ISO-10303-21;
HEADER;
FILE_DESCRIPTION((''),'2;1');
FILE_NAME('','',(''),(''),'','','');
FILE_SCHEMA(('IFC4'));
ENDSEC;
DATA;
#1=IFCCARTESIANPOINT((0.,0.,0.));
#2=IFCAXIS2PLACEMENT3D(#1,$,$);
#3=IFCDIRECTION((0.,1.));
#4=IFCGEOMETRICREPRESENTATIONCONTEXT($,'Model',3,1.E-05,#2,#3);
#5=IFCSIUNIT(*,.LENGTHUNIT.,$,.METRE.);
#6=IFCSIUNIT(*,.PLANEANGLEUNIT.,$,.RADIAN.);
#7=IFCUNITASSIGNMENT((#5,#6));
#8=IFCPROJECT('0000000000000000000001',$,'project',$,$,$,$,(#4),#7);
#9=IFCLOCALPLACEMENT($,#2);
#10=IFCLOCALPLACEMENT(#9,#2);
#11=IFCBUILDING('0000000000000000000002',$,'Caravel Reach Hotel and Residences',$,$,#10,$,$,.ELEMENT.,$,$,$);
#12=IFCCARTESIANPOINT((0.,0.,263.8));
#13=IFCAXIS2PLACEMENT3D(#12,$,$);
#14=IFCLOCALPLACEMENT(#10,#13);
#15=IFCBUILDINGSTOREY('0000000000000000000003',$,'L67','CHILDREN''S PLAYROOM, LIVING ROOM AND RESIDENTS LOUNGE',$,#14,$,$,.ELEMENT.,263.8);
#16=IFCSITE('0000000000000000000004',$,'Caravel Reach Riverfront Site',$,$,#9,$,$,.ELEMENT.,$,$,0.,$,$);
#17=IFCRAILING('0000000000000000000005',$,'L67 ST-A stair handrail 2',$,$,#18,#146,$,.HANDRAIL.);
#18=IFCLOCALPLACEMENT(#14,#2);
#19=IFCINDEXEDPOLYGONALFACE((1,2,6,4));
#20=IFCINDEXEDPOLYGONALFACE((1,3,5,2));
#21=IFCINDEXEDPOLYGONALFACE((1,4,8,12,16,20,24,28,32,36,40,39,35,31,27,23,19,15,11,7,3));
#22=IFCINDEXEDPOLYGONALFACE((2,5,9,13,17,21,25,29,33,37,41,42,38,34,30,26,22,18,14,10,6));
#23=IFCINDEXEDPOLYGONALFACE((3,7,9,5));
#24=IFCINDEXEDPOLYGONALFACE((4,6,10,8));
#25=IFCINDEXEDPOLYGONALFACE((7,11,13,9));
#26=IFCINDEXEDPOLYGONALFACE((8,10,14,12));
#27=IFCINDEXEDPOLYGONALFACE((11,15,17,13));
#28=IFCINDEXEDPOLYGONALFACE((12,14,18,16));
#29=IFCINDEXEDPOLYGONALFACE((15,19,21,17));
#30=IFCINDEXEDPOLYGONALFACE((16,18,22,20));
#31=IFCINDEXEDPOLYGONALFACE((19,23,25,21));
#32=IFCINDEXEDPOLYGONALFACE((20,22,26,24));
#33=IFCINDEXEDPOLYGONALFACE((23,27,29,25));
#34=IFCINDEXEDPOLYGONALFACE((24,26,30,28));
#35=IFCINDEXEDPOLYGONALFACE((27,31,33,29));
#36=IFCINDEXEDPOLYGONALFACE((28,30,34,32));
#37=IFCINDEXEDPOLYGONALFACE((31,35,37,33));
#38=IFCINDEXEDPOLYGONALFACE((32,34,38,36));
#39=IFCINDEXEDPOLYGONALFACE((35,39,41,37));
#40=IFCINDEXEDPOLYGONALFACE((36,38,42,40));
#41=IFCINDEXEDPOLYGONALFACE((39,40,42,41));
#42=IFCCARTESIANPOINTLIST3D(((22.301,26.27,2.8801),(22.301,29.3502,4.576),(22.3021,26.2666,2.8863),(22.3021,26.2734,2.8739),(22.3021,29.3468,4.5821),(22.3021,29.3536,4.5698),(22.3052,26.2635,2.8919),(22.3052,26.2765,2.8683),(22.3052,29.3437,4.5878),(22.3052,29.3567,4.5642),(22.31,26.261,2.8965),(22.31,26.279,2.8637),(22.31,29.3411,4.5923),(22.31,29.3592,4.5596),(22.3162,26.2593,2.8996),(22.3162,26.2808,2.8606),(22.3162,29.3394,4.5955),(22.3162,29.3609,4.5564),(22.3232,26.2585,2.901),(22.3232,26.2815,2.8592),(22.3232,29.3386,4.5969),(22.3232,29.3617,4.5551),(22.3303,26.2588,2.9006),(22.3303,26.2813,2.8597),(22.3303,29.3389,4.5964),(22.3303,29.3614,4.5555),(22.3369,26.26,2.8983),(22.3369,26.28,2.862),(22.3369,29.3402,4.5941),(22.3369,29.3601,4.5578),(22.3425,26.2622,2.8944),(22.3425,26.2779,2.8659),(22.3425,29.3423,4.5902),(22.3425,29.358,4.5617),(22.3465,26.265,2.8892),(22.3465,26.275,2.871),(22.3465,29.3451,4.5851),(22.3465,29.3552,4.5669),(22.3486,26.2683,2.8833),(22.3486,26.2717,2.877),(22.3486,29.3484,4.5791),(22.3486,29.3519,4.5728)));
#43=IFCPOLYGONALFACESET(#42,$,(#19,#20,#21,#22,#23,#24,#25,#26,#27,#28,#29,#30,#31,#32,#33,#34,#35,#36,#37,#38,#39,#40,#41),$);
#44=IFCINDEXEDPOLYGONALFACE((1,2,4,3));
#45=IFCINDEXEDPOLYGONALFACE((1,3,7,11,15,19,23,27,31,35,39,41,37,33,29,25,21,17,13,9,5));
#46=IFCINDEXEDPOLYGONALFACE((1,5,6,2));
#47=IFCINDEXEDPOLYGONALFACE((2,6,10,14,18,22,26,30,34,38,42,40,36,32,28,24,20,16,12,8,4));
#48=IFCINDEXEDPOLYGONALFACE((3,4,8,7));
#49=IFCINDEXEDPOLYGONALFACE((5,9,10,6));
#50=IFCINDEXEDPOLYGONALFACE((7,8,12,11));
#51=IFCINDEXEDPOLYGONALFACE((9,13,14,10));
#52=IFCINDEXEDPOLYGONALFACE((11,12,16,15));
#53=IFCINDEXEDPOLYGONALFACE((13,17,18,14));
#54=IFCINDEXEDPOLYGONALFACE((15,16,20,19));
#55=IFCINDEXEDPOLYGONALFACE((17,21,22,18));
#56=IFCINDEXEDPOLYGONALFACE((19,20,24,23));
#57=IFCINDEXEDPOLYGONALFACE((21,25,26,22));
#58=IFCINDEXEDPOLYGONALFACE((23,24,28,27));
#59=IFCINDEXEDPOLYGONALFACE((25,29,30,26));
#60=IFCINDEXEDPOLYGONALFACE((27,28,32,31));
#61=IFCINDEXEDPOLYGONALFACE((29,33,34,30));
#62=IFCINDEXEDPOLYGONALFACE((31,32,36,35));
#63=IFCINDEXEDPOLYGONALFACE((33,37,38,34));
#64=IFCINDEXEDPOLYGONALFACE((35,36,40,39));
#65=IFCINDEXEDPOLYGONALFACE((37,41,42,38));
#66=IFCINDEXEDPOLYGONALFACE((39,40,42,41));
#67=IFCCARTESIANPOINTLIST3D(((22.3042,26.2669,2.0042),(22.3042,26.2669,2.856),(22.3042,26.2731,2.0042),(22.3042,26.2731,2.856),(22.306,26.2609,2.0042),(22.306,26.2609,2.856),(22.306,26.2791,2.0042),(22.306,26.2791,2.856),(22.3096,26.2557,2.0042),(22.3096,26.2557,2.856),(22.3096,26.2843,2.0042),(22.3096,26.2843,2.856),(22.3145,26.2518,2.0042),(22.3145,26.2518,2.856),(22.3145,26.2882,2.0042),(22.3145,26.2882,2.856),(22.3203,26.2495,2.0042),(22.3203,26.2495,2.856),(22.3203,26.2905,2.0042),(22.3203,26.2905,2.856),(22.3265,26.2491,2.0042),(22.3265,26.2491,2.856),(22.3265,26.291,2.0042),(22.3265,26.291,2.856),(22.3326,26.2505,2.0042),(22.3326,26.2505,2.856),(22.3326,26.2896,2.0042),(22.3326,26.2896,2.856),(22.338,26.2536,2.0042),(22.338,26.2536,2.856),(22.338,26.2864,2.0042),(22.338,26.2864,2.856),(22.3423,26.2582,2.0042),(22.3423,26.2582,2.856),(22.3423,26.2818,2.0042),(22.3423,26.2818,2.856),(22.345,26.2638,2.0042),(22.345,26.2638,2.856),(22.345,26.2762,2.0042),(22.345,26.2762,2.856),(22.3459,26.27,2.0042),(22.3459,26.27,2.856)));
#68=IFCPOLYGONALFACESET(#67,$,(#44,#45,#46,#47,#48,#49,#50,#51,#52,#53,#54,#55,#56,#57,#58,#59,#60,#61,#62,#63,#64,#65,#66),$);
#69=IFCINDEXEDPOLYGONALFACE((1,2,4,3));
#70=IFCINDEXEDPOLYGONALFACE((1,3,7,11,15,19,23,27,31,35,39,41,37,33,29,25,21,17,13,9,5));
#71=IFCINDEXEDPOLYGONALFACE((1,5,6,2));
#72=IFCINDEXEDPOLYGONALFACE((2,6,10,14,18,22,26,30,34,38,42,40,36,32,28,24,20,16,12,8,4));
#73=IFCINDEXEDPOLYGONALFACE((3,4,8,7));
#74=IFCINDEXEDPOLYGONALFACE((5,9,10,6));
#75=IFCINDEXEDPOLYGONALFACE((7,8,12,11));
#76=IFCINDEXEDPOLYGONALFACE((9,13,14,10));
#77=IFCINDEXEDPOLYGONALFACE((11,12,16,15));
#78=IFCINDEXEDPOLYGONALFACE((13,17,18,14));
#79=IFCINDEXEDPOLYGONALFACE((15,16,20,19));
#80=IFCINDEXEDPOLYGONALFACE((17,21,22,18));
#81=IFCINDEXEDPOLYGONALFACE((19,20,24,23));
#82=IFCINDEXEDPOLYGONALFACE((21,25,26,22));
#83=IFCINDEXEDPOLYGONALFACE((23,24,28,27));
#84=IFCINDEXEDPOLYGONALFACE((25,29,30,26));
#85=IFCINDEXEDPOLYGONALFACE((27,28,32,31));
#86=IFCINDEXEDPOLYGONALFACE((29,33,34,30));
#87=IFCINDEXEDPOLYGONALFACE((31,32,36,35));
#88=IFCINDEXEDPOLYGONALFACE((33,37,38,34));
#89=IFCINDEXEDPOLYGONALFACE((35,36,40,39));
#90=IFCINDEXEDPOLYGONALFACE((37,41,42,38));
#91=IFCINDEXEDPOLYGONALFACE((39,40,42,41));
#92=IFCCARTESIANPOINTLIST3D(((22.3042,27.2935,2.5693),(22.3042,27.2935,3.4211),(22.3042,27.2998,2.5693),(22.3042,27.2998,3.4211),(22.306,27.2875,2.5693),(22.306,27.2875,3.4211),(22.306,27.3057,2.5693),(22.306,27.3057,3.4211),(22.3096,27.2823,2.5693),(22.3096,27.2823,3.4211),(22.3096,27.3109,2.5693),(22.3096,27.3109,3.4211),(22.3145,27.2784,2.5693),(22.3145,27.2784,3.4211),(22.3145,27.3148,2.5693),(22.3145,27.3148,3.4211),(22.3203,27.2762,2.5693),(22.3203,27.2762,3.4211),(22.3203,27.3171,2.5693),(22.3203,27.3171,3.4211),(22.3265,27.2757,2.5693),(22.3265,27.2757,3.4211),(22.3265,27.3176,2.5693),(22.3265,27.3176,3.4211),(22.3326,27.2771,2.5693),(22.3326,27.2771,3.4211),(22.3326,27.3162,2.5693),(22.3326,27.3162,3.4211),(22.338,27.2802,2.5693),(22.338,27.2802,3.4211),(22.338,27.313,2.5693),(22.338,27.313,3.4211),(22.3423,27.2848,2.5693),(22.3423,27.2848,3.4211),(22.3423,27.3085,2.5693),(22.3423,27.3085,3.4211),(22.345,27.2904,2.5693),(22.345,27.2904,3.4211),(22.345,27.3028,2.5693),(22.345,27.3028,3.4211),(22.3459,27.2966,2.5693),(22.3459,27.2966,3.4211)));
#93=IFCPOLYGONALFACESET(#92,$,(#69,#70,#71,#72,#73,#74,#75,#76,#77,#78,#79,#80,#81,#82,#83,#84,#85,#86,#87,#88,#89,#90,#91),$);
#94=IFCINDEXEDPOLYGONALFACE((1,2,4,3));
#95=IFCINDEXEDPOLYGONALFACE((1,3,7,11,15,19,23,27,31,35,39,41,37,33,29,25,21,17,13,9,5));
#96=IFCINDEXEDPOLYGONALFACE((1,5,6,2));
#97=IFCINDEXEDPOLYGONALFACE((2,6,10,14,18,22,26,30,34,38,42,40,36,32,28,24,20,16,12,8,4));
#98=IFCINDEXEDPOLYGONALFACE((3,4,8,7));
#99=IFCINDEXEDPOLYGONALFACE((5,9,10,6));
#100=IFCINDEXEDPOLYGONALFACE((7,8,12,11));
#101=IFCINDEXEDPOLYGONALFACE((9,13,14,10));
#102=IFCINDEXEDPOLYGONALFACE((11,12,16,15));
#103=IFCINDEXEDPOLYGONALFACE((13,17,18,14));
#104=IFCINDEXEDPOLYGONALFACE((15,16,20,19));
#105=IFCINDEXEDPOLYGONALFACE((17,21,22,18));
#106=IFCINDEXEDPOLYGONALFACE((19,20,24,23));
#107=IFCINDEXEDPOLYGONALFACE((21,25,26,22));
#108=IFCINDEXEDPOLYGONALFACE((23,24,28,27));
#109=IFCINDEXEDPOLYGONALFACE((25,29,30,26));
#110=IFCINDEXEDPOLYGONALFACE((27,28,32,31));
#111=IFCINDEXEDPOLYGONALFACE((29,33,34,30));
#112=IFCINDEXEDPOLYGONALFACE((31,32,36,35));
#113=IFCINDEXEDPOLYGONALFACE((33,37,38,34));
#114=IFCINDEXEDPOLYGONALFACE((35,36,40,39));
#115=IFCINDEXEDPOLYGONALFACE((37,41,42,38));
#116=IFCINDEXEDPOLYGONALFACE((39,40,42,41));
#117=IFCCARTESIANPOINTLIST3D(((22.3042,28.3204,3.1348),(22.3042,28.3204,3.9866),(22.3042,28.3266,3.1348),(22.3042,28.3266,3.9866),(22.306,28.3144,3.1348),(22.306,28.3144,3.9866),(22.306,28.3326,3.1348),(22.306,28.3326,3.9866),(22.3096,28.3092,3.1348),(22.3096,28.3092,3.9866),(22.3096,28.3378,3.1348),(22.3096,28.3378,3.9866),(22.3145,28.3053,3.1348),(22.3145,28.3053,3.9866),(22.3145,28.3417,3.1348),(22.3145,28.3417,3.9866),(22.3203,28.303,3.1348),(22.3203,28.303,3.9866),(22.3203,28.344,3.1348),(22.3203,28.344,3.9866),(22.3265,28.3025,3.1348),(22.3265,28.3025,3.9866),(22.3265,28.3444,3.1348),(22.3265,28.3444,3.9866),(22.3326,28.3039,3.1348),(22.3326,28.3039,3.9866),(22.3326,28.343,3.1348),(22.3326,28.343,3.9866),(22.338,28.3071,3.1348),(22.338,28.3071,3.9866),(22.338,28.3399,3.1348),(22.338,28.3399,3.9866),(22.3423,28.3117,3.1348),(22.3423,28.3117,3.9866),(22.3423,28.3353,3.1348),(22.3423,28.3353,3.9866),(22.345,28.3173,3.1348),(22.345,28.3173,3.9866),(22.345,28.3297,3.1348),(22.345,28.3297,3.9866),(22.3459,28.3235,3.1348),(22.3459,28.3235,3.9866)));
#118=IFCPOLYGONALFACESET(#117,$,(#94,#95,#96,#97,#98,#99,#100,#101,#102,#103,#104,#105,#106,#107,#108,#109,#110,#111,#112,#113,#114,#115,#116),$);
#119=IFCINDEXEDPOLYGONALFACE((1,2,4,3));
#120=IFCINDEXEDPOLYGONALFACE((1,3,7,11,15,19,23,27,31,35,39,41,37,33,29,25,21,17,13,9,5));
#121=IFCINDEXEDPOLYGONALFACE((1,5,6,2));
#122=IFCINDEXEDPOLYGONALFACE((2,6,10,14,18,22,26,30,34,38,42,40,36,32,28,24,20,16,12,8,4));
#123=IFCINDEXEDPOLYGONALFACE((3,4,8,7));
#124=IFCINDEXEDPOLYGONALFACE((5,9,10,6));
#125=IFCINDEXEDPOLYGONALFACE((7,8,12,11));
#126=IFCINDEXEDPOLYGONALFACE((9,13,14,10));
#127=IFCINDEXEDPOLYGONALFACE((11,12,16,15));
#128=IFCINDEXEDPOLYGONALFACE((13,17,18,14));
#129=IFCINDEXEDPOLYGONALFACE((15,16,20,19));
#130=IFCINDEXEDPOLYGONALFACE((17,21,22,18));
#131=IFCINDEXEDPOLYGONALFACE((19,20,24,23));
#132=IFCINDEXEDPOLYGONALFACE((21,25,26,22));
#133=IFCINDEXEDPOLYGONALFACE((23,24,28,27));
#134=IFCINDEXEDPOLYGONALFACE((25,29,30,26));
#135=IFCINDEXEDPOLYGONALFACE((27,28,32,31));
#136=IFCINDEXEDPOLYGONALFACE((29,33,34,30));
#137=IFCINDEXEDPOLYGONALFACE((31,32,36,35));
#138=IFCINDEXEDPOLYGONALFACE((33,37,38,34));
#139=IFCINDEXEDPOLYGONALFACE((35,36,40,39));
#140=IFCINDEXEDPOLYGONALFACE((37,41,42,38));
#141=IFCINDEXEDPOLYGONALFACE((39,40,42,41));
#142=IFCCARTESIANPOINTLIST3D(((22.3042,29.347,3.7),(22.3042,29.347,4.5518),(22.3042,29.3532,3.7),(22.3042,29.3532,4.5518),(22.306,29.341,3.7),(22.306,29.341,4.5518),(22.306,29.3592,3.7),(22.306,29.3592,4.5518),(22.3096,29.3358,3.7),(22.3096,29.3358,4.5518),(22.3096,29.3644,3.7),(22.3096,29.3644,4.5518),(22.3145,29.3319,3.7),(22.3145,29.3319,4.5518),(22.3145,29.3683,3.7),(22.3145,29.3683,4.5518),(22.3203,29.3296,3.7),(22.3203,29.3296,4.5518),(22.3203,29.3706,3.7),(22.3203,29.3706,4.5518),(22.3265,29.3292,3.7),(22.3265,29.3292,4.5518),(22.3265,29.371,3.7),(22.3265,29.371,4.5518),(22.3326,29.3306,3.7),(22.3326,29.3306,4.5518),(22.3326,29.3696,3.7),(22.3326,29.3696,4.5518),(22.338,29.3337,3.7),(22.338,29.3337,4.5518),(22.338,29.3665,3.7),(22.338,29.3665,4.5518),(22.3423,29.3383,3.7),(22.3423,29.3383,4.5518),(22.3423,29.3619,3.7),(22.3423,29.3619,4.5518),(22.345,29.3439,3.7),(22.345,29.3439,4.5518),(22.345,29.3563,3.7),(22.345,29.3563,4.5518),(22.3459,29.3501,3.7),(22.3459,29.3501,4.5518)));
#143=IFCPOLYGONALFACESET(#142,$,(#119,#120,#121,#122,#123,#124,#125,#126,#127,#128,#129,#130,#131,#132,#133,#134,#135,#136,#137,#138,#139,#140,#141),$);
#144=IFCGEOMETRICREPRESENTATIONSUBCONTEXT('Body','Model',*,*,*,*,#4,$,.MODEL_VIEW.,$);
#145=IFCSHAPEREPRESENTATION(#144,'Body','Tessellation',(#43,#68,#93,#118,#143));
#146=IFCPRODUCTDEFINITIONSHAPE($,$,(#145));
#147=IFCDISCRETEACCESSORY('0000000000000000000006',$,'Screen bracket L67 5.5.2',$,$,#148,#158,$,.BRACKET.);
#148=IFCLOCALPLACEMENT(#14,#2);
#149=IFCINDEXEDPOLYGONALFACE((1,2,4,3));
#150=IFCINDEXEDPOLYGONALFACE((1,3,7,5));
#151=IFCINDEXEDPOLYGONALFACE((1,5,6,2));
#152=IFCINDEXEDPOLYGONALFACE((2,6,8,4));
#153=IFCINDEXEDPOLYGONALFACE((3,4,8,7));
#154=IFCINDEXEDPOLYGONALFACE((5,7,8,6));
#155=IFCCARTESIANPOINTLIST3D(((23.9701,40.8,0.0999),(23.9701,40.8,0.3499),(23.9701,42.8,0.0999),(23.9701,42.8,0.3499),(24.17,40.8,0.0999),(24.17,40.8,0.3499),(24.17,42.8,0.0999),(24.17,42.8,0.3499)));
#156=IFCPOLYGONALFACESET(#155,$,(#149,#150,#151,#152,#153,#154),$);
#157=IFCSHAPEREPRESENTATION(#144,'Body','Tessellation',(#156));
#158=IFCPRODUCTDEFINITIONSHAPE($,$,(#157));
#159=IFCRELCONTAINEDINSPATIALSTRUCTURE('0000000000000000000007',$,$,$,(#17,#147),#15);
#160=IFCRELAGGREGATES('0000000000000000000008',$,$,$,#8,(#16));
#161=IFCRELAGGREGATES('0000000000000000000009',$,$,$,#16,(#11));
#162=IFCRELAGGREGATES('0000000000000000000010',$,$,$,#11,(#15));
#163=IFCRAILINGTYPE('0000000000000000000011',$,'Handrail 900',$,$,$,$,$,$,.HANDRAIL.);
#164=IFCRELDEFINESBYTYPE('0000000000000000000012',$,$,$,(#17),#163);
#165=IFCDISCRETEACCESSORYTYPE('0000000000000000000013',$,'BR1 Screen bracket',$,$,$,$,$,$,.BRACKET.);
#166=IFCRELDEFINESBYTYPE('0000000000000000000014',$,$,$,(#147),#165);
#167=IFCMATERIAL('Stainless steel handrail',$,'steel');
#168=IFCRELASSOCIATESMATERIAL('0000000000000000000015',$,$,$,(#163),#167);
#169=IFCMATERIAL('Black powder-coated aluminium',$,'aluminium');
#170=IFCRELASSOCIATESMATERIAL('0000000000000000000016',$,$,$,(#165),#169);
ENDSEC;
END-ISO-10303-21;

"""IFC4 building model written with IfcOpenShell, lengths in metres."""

from ifc_helpers import new_model, si_unit, direction, frame, origin, origin_2d, place, context, subcontext, project, spatial, rectangle, circle, extrude, material, type_object, element, save


model = new_model("IFC4")

# Units and contexts
model_context = context("Model", 3, precision=1e-05, world=origin(), true_north=direction((0.0, 1.0)))
body_context = subcontext(model_context, "Body", "Model", "MODEL_VIEW")
ifc_project = project(units=[si_unit("LENGTHUNIT", "METRE"), si_unit("PLANEANGLEUNIT", "RADIAN")], contexts=[model_context])

# Site, building, storey
site_placement = place(None, origin())
site = spatial("IfcSite", under=ifc_project, at=site_placement, Name="Caravel Reach Riverfront Site", CompositionType="ELEMENT", RefElevation=0.0)
building_placement = place(site_placement, origin())
building = spatial("IfcBuilding", under=site, at=building_placement, Name="Caravel Reach Hotel and Residences", CompositionType="ELEMENT")
storey_placement = place(building_placement, frame((0.0, 0.0, 263.8)))
storey = spatial("IfcBuildingStorey", under=building, at=storey_placement, Name="L67", Description="CHILDREN'S PLAYROOM, LIVING ROOM AND RESIDENTS LOUNGE", CompositionType="ELEMENT", Elevation=263.8)

# Railing
ifc_material_1 = material(Name="Stainless steel handrail", Category="steel")
railing_type_1 = type_object("IfcRailingType", Name="Handrail 900", PredefinedType="HANDRAIL", material=ifc_material_1)
railing_1_placement = place(storey_placement, frame((22.325, 26.27, 2.0042)))
element("IfcRailing", 1, at=railing_1_placement, inside=storey, type_object=railing_type_1, Name="L67 ST-A stair handrail 2", PredefinedType="HANDRAIL", context=body_context, shape_type="SweptSolid", body=[
    extrude(circle(Radius=0.0239, at=origin_2d()), frame((0.0, 0.0, 0.876), z_axis=(0.0, 0.876005, 0.482303), x_axis=(-1.0, 0.0, 0.0)), (0.0, 0.0, 1.0), 3.5161),
    extrude(circle(Radius=0.021, at=origin_2d()), origin(), (0.0, 0.0, 1.0), 0.8518),
    extrude(circle(Radius=0.021, at=origin_2d()), frame((0.0, 1.0266, 0.5652)), (0.0, 0.0, 1.0), 0.8518),
    extrude(circle(Radius=0.021, at=origin_2d()), frame((0.0, 2.0535, 1.1306)), (0.0, 0.0, 1.0), 0.8518),
    extrude(circle(Radius=0.021, at=origin_2d()), frame((0.0, 3.0801, 1.6958)), (0.0, 0.0, 1.0), 0.8518),
])

# Discrete accessory
ifc_material_2 = material(Name="Black powder-coated aluminium", Category="aluminium")
discrete_accessory_type = type_object("IfcDiscreteAccessoryType", Name="BR1 Screen bracket", PredefinedType="BRACKET", material=ifc_material_2)
discrete_accessory_placement = place(storey_placement, frame((24.0701, 41.8, 0.0999), z_axis=(0.0, 0.0, 1.0), x_axis=(0.0, 1.0, 0.0)))
element("IfcDiscreteAccessory", 2, at=discrete_accessory_placement, inside=storey, type_object=discrete_accessory_type, Name="Screen bracket L67 5.5.2", PredefinedType="BRACKET", context=body_context, shape_type="SweptSolid", body=[
    extrude(rectangle(XDim=2.0, YDim=0.2, at=origin_2d()), origin(), (0.0, 0.0, 1.0), 0.25),
])

save(model, "model.ifc")
